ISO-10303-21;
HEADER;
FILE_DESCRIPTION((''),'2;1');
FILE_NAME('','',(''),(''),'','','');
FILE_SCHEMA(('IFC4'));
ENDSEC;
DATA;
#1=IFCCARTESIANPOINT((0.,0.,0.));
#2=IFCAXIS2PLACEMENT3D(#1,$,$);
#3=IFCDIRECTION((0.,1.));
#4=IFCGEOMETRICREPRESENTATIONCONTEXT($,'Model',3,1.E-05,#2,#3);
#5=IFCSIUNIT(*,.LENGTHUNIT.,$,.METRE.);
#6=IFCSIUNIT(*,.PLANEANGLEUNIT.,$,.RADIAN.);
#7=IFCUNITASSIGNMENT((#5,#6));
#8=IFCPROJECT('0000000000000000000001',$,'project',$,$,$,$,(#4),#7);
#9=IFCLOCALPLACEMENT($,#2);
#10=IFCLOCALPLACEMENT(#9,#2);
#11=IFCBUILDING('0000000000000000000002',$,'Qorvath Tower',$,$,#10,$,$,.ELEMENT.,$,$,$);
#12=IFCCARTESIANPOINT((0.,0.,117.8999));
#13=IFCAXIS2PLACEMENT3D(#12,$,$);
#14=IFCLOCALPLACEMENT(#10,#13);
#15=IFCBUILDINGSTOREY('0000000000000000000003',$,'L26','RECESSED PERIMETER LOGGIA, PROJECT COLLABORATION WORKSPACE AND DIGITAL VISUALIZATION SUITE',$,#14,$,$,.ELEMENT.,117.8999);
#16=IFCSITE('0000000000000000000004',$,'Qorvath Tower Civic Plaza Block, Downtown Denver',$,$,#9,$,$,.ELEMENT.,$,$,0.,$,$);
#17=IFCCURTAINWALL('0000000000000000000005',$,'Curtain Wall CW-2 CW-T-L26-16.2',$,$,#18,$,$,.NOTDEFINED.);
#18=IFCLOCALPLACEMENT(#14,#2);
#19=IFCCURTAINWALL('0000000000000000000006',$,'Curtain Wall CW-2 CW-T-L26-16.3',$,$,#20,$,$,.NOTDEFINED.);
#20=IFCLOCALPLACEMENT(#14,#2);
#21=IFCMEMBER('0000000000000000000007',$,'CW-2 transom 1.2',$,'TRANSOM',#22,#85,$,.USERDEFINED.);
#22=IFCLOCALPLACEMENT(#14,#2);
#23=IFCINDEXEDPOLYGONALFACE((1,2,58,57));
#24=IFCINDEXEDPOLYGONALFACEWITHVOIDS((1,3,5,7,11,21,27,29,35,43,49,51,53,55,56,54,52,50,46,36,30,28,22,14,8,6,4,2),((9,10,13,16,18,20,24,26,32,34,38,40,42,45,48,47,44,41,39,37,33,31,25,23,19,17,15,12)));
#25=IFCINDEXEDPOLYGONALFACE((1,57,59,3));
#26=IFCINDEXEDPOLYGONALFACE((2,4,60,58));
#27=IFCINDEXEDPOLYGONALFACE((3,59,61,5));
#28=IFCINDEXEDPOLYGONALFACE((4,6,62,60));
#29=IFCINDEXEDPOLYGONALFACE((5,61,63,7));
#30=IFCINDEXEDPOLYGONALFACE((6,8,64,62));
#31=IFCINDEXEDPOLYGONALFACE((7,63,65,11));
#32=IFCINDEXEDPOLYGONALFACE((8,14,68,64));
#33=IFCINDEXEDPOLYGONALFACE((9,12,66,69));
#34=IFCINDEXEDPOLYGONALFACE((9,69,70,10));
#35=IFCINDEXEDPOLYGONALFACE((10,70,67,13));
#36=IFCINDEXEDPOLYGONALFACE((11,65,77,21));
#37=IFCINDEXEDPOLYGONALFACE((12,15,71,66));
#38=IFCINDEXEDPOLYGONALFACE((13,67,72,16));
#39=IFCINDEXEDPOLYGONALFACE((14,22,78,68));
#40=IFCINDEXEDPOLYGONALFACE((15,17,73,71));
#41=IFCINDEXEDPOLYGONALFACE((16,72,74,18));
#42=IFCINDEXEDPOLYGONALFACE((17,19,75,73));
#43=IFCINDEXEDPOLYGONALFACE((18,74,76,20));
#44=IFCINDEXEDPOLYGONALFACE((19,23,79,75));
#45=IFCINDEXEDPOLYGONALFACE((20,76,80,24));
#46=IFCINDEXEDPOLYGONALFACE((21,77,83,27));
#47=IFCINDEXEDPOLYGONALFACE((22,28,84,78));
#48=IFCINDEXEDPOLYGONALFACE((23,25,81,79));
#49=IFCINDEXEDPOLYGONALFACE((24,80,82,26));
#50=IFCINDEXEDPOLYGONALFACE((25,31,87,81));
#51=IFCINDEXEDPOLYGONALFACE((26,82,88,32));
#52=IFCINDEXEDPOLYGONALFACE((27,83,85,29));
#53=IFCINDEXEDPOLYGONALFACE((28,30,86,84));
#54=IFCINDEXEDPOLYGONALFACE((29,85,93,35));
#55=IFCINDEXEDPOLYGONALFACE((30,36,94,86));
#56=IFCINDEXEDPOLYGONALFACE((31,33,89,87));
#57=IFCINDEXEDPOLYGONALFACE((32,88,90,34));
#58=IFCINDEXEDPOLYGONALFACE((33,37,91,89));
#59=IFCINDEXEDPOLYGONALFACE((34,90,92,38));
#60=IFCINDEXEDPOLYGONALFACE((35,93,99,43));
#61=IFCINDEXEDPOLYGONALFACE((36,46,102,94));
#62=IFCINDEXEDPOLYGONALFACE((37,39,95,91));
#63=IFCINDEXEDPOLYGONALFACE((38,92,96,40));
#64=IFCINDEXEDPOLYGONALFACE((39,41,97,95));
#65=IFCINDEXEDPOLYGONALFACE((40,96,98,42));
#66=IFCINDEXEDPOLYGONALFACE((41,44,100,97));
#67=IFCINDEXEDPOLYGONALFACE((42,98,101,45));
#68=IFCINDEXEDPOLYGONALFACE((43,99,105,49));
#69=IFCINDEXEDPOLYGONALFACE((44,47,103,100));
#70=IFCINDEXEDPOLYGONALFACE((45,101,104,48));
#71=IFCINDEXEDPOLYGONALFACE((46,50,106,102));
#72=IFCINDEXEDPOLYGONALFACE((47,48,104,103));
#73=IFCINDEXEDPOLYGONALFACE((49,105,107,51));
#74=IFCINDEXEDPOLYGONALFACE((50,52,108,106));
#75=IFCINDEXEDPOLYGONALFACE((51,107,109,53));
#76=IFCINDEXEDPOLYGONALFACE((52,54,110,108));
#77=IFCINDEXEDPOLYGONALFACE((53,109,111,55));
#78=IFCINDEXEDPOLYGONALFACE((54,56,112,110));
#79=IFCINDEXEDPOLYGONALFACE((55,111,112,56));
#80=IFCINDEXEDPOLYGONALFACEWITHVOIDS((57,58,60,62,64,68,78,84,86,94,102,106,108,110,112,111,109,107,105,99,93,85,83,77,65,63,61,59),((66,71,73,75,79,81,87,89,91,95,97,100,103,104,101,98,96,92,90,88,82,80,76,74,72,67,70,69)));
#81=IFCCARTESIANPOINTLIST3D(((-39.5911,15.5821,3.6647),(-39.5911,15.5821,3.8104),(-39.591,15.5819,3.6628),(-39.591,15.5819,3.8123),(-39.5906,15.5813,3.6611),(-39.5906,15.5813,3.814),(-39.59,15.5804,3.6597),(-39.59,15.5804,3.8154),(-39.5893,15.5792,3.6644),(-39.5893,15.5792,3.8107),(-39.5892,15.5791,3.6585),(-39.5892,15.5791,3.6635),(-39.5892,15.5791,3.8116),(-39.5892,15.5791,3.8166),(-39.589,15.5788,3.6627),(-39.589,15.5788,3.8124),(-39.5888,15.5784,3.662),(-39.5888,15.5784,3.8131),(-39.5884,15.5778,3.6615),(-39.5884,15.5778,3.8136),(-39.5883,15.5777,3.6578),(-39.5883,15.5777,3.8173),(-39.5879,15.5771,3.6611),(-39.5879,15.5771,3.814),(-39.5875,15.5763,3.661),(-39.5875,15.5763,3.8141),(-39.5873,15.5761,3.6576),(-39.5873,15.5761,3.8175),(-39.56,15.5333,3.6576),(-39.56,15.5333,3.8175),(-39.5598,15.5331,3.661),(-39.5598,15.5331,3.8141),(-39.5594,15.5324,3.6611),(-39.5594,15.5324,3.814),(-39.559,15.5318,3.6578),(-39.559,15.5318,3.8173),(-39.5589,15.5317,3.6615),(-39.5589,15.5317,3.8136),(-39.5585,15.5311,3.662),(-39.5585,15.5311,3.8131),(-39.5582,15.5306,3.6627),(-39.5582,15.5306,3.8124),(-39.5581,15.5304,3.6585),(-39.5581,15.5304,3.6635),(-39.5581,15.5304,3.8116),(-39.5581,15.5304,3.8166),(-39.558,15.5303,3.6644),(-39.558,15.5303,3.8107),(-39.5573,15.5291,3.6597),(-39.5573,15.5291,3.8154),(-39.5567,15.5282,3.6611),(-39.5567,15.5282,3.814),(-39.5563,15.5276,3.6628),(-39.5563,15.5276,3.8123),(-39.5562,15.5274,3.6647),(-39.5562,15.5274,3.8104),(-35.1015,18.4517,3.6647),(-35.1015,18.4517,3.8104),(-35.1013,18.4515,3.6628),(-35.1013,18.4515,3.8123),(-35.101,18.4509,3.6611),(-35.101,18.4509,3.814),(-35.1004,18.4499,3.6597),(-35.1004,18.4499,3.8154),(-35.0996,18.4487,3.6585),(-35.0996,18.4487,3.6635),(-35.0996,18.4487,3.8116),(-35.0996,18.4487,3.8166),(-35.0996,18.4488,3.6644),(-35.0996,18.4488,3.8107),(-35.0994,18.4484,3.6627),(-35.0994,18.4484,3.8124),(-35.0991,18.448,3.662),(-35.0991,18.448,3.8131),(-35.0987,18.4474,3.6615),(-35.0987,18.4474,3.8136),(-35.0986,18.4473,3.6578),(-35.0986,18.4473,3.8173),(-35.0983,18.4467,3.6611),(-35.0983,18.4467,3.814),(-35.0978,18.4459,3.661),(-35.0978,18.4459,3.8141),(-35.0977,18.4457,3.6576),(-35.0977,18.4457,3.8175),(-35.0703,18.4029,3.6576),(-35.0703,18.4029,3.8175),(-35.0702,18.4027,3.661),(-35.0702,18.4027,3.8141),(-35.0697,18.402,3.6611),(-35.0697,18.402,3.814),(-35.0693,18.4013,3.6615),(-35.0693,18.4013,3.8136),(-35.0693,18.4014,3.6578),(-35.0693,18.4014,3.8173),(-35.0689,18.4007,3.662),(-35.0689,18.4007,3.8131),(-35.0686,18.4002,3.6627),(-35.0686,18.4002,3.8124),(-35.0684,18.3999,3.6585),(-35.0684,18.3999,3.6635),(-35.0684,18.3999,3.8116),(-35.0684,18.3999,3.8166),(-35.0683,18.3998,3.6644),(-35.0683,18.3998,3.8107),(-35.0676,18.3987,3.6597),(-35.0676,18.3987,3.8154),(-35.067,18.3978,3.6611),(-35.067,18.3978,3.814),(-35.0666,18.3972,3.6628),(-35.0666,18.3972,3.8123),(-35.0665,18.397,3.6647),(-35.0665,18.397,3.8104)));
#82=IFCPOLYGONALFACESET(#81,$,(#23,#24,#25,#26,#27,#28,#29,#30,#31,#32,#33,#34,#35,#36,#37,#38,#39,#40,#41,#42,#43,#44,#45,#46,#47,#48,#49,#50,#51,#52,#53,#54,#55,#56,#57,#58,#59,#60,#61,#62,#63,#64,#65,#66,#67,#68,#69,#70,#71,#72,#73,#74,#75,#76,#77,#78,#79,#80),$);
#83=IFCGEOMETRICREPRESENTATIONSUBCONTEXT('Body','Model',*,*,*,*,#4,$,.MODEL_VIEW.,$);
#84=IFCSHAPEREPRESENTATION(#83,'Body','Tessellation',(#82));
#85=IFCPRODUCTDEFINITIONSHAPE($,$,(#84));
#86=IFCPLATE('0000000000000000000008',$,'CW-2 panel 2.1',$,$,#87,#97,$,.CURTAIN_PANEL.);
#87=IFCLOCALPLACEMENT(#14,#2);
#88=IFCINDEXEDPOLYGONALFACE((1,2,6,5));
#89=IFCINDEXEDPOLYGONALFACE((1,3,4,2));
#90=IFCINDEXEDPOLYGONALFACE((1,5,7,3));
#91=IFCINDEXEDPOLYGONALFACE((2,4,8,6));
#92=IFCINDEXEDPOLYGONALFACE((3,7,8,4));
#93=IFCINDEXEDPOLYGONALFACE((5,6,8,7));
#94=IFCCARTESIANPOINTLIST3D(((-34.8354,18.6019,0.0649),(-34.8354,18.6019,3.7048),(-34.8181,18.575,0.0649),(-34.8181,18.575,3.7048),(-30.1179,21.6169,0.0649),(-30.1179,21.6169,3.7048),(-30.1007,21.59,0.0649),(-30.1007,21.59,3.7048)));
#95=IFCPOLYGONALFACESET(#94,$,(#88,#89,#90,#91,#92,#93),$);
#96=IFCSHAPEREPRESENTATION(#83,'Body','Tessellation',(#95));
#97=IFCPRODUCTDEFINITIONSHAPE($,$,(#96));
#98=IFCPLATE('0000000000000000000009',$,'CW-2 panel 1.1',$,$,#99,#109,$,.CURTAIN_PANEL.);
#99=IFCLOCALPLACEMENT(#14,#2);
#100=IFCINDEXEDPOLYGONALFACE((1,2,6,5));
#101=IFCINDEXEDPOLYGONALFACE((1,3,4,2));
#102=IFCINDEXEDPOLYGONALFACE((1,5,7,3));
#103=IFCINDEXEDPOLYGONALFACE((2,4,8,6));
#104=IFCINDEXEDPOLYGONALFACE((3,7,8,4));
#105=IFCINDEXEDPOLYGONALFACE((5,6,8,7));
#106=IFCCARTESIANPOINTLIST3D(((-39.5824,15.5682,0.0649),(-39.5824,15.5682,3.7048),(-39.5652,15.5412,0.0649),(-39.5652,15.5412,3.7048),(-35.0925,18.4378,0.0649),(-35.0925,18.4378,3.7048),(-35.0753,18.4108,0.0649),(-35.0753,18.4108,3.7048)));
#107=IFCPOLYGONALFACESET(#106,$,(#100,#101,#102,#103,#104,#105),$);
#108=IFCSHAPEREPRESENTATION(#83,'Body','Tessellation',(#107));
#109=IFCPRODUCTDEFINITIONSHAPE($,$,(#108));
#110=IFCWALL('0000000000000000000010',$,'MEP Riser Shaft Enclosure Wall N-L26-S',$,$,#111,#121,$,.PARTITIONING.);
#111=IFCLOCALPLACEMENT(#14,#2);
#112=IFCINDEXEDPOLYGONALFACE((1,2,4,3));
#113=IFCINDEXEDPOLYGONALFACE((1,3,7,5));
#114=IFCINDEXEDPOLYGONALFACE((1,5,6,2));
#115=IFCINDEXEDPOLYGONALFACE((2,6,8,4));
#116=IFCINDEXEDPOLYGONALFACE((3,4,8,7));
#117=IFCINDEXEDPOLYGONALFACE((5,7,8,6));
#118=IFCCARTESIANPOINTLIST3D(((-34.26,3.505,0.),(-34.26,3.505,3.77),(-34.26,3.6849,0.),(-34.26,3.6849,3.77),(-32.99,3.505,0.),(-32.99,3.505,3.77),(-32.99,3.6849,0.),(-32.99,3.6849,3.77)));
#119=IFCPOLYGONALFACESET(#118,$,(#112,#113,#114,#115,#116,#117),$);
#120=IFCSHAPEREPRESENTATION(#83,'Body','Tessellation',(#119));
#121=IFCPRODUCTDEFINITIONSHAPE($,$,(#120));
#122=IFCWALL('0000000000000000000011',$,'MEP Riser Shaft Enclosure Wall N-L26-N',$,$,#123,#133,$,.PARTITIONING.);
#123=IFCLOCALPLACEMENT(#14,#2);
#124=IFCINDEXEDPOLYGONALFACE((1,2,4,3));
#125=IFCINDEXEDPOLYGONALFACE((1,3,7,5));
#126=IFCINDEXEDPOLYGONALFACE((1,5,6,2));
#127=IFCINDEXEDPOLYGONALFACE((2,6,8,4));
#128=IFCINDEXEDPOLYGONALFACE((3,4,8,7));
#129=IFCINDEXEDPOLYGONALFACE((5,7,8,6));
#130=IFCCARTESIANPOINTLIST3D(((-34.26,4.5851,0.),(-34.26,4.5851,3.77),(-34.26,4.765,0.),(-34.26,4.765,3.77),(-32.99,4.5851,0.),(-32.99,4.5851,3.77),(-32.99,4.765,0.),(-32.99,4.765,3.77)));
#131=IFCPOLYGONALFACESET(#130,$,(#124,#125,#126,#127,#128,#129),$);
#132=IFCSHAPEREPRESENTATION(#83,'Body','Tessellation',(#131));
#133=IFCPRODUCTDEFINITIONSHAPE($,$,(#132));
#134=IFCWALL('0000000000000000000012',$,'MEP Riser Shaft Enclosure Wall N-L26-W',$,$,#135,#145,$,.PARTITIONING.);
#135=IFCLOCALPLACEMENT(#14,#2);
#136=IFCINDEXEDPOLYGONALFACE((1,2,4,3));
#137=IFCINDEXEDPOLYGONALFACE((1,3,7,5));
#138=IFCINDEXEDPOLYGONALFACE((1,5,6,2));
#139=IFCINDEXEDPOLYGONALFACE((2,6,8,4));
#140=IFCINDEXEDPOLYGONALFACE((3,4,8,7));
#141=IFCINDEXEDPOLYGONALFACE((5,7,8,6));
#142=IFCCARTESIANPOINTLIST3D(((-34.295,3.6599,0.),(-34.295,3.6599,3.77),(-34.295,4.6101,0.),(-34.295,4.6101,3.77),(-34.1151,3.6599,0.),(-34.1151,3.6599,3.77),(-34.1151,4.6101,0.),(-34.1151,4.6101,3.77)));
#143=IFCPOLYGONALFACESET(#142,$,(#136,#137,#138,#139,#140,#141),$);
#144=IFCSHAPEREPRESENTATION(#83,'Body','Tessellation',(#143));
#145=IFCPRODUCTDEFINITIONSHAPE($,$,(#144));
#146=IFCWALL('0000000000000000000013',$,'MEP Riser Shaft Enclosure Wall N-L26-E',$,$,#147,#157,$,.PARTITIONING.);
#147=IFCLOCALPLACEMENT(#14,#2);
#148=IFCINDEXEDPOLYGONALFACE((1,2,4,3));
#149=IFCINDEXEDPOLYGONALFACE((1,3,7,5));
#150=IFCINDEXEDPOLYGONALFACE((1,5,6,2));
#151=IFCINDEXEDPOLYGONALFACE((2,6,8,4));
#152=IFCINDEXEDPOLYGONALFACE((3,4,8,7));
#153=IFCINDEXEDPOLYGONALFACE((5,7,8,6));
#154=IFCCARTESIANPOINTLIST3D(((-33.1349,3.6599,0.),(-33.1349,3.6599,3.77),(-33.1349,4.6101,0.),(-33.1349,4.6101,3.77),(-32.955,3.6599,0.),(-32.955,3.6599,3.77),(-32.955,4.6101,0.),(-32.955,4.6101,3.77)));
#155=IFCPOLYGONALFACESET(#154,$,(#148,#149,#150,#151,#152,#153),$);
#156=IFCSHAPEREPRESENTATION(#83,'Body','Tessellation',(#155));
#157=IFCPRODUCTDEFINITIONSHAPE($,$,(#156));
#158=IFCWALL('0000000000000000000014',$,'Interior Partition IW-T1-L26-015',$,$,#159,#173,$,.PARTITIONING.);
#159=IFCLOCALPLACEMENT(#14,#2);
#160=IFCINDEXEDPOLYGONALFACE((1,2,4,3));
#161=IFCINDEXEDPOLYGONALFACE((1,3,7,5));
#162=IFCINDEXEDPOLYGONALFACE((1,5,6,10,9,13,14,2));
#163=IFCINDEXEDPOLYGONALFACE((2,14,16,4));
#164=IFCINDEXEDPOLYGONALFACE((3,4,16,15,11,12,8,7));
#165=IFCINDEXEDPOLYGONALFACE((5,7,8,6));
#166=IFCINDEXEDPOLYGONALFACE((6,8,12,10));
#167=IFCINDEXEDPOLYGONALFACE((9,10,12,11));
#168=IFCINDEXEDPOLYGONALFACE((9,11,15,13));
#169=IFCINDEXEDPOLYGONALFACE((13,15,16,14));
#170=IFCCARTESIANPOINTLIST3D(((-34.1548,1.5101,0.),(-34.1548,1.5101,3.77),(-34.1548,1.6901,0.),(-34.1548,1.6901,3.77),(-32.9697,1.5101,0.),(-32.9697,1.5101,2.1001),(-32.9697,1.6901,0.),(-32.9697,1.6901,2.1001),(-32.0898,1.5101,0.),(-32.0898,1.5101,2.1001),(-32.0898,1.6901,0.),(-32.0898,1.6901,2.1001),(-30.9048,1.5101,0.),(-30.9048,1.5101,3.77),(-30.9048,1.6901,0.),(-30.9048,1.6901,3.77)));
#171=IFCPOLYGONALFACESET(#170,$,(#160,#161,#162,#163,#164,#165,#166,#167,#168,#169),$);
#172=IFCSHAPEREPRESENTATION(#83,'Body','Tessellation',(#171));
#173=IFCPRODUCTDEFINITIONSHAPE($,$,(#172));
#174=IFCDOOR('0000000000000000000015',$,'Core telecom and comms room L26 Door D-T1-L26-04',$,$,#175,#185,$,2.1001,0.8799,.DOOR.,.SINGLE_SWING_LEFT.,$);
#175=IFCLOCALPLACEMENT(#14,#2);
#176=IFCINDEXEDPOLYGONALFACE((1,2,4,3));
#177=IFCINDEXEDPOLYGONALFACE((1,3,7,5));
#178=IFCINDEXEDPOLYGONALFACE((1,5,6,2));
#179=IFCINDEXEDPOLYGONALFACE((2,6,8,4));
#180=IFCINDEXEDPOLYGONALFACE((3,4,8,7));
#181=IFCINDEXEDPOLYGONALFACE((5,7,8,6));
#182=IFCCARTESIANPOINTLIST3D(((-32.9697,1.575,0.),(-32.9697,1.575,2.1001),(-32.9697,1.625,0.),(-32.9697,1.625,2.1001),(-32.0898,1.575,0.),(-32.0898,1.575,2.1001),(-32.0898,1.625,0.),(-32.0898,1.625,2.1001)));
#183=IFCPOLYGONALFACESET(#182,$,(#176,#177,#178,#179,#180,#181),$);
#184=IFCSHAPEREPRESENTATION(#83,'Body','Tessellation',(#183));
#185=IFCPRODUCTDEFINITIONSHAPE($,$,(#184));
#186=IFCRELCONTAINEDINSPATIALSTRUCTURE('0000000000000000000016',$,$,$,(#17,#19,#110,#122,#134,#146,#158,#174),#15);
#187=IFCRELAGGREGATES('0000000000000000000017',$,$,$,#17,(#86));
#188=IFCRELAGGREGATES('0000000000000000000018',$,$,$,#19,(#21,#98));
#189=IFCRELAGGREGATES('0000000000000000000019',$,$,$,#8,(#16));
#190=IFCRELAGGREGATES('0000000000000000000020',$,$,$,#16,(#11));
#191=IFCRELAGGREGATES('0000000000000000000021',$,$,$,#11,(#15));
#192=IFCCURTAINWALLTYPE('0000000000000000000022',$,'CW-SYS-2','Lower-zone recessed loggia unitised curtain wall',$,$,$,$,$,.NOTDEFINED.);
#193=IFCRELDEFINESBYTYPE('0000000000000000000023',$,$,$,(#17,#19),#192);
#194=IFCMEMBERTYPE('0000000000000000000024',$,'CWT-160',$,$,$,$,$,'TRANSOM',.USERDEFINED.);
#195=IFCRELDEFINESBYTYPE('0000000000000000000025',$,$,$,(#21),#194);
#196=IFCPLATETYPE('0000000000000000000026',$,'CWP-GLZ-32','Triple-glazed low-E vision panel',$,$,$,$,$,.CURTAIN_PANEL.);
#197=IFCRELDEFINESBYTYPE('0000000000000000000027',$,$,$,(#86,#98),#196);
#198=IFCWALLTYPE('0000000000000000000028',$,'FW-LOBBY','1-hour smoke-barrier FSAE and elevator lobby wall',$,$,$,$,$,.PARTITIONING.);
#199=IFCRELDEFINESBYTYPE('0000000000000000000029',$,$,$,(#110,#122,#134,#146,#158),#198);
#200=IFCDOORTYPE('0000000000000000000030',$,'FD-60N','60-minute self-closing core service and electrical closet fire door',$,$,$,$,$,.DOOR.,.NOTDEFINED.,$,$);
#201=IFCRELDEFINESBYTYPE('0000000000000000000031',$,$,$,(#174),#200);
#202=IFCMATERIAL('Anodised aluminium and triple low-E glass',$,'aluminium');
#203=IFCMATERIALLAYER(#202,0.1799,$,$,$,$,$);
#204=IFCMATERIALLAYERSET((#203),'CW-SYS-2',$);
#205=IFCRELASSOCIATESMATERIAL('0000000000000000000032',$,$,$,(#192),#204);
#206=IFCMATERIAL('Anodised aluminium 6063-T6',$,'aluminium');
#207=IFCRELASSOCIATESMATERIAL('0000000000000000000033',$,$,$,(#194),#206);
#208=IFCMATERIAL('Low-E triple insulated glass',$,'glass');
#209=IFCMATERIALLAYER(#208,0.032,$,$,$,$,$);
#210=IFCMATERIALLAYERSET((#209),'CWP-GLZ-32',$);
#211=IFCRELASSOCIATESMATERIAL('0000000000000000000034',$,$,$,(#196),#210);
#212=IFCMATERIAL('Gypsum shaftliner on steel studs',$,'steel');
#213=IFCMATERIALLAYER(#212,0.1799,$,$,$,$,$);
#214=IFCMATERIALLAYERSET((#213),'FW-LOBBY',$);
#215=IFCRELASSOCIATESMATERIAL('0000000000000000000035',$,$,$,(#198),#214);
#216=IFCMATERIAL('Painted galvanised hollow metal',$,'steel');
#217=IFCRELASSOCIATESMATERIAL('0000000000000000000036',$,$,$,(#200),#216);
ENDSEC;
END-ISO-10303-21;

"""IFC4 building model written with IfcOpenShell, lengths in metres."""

from ifc_helpers import new_model, si_unit, direction, frame, frame_2d, origin, origin_2d, place, context, subcontext, project, spatial, rectangle, hollow_rectangle, extrude, material, layer, layer_set, material_profile, profile_set, type_object, element, fill, aggregate, save


model = new_model("IFC4")

# Units and contexts
model_context = context("Model", 3, precision=1e-05, world=origin(), true_north=direction((0.0, 1.0)))
body_context = subcontext(model_context, "Body", "Model", "MODEL_VIEW")
ifc_project = project(units=[si_unit("LENGTHUNIT", "METRE"), si_unit("PLANEANGLEUNIT", "RADIAN")], contexts=[model_context])

# Site, building, storey
site_placement = place(None, origin())
site = spatial("IfcSite", under=ifc_project, at=site_placement, Name="Qorvath Tower Civic Plaza Block, Downtown Denver", CompositionType="ELEMENT", RefElevation=0.0)
building_placement = place(site_placement, origin())
building = spatial("IfcBuilding", under=site, at=building_placement, Name="Qorvath Tower", CompositionType="ELEMENT")
storey_placement = place(building_placement, frame((0.0, 0.0, 117.8999)))
storey = spatial("IfcBuildingStorey", under=building, at=storey_placement, Name="L26", Description="RECESSED PERIMETER LOGGIA, PROJECT COLLABORATION WORKSPACE AND DIGITAL VISUALIZATION SUITE", CompositionType="ELEMENT", Elevation=117.8999)

# Curtain wall
ifc_material_1 = material(Name="Anodised aluminium and triple low-E glass", Category="aluminium")
ifc_layer_1 = layer(ifc_material_1, 0.1799)
ifc_layer_set_1 = layer_set([ifc_layer_1], Name="CW-SYS-2")
curtain_wall_type = type_object("IfcCurtainWallType", Name="CW-SYS-2", Description="Lower-zone recessed loggia unitised curtain wall", PredefinedType="NOTDEFINED", material=ifc_layer_set_1)
curtain_wall_1_placement = place(storey_placement, origin())
curtain_wall_1 = element("IfcCurtainWall", 1, at=curtain_wall_1_placement, inside=storey, type_object=curtain_wall_type, Name="Curtain Wall CW-2 CW-T-L26-16.2", PredefinedType="NOTDEFINED")

# Curtain wall, member
curtain_wall_2_placement = place(storey_placement, origin())
curtain_wall_2 = element("IfcCurtainWall", 2, at=curtain_wall_2_placement, inside=storey, type_object=curtain_wall_type, Name="Curtain Wall CW-2 CW-T-L26-16.3", PredefinedType="NOTDEFINED")
ifc_material_2 = material(Name="Anodised aluminium 6063-T6", Category="aluminium")
ifc_material_profile_1 = material_profile(ifc_material_2, hollow_rectangle(XDim=0.0649, YDim=0.1599, WallThickness=0.0034, InnerFilletRadius=0.0034, OuterFilletRadius=0.0071, at=origin_2d()), Name="CWT 160x65")
ifc_profile_set_1 = profile_set([ifc_material_profile_1], Name="Anodised aluminium 6063-T6")
member_type_1 = type_object("IfcMemberType", Name="CWT-160", ElementType="TRANSOM", PredefinedType="USERDEFINED", material=ifc_profile_set_1)
member_1_placement = place(storey_placement, frame((-35.084, 18.4243, 3.7375), z_axis=(-0.842596, -0.538547, 0.0), x_axis=(0.538547, -0.842596, 0.0)))
member_1 = element("IfcMember", 3, at=member_1_placement, type_object=member_type_1, Name="CW-2 transom 1.2", ObjectType="TRANSOM", PredefinedType="USERDEFINED", context=body_context, shape_type="SweptSolid", body=[
    extrude(hollow_rectangle(XDim=0.0649, YDim=0.1599, WallThickness=0.0034, InnerFilletRadius=0.0034, OuterFilletRadius=0.0071, at=origin_2d()), origin(), (0.0, 0.0, 1.0), 5.3284),
])

# Plates
ifc_material_3 = material(Name="Low-E triple insulated glass", Category="glass")
ifc_layer_2 = layer(ifc_material_3, 0.032)
ifc_layer_set_2 = layer_set([ifc_layer_2], Name="CWP-GLZ-32")
plate_type = type_object("IfcPlateType", Name="CWP-GLZ-32", Description="Triple-glazed low-E vision panel", PredefinedType="CURTAIN_PANEL", material=ifc_layer_set_2)
plate_1_placement = place(storey_placement, frame((-32.468, 20.0959, 0.0649), z_axis=(0.0, 0.0, 1.0), x_axis=(-0.842607, -0.53853, 0.0)))
plate_1 = element("IfcPlate", 4, at=plate_1_placement, type_object=plate_type, Name="CW-2 panel 2.1", PredefinedType="CURTAIN_PANEL", context=body_context, shape_type="SweptSolid", body=[
    extrude(rectangle(XDim=5.5986, YDim=0.032, at=origin_2d()), origin(), (0.0, 0.0, 1.0), 3.6399),
])
aggregate(curtain_wall_1, [plate_1])
plate_2_placement = place(storey_placement, frame((-37.3289, 16.9895, 0.0649), z_axis=(0.0, 0.0, 1.0), x_axis=(-0.842604, -0.538534, 0.0)))
plate_2 = element("IfcPlate", 5, at=plate_2_placement, type_object=plate_type, Name="CW-2 panel 1.1", PredefinedType="CURTAIN_PANEL", context=body_context, shape_type="SweptSolid", body=[
    extrude(rectangle(XDim=5.3286, YDim=0.032, at=origin_2d()), origin(), (0.0, 0.0, 1.0), 3.6399),
])
aggregate(curtain_wall_2, [member_1, plate_2])

# Walls
ifc_material_4 = material(Name="Gypsum shaftliner on steel studs", Category="steel")
ifc_layer_3 = layer(ifc_material_4, 0.1799)
ifc_layer_set_3 = layer_set([ifc_layer_3], Name="FW-LOBBY")
wall_type_1 = type_object("IfcWallType", Name="FW-LOBBY", Description="1-hour smoke-barrier FSAE and elevator lobby wall", PredefinedType="PARTITIONING", material=ifc_layer_set_3)
for number, where, z_axis, x_axis, name in (
    (6, (-32.99, 3.595, 0.0), (0.0, 0.0, 1.0), (-1.0, 0.0, 0.0), "MEP Riser Shaft Enclosure Wall N-L26-S"),
    (7, (-34.26, 4.675, 0.0), (0.0, 0.0, 1.0), (1.0, 0.0, 0.0), "MEP Riser Shaft Enclosure Wall N-L26-N"),
):
    element("IfcWall", number, at=place(storey_placement, frame(where, z_axis=z_axis, x_axis=x_axis)), inside=storey, type_object=wall_type_1, Name=name, PredefinedType="PARTITIONING", context=body_context, shape_type="SweptSolid", body=[
        extrude(rectangle(XDim=1.27, YDim=0.1799, at=frame_2d((0.635, 0.0))), origin(), (0.0, 0.0, 1.0), 3.77),
    ])
for number, where, z_axis, x_axis, name in (
    (8, (-34.2051, 3.6599, 0.0), (0.0, 0.0, 1.0), (0.0, 1.0, 0.0), "MEP Riser Shaft Enclosure Wall N-L26-W"),
    (9, (-33.0449, 4.6101, 0.0), (0.0, 0.0, 1.0), (0.0, -1.0, 0.0), "MEP Riser Shaft Enclosure Wall N-L26-E"),
):
    element("IfcWall", number, at=place(storey_placement, frame(where, z_axis=z_axis, x_axis=x_axis)), inside=storey, type_object=wall_type_1, Name=name, PredefinedType="PARTITIONING", context=body_context, shape_type="SweptSolid", body=[
        extrude(rectangle(XDim=0.9502, YDim=0.1799, at=frame_2d((0.4751, 0.0))), origin(), (0.0, 0.0, 1.0), 3.77),
    ])

# Wall, opening, door
wall_1_placement = place(storey_placement, frame((-34.1548, 1.6001, 0.0), z_axis=(0.0, 0.0, 1.0), x_axis=(1.0, 0.0, 0.0)))
wall_1 = element("IfcWall", 10, at=wall_1_placement, inside=storey, type_object=wall_type_1, Name="Interior Partition IW-T1-L26-015", PredefinedType="PARTITIONING", context=body_context, shape_type="SweptSolid", body=[
    extrude(rectangle(XDim=3.25, YDim=0.1799, at=frame_2d((1.625, 0.0))), origin(), (0.0, 0.0, 1.0), 3.77),
])
opening_1_placement = place(wall_1_placement, frame((1.1851, 0.0, 0.0)))
opening_1 = element("IfcOpeningElement", 11, at=opening_1_placement, cuts=wall_1, PredefinedType="OPENING", context=body_context, shape_type="SweptSolid", body=[
    extrude(rectangle(XDim=0.8799, YDim=2.1001, at=frame_2d((0.4399, 1.05))), frame((0.0, 0.1001, 0.0), z_axis=(0.0, -1.0, 0.0), x_axis=(1.0, 0.0, 0.0)), (0.0, 0.0, 1.0), 0.2),
])
ifc_material_5 = material(Name="Painted galvanised hollow metal", Category="steel")
door_type_1 = type_object("IfcDoorType", Name="FD-60N", Description="60-minute self-closing core service and electrical closet fire door", OperationType="NOTDEFINED", PredefinedType="DOOR", material=ifc_material_5)
door_1_placement = place(opening_1_placement, origin())
door_1 = element("IfcDoor", 12, at=door_1_placement, inside=storey, type_object=door_type_1, Name="Core telecom and comms room L26 Door D-T1-L26-04", OperationType="SINGLE_SWING_LEFT", OverallHeight=2.1001, OverallWidth=0.8799, PredefinedType="DOOR", context=body_context, shape_type="SweptSolid", body=[
    extrude(rectangle(XDim=0.8799, YDim=2.1001, at=frame_2d((0.4399, 1.05))), frame((0.0, 0.0249, 0.0), z_axis=(0.0, -1.0, 0.0), x_axis=(1.0, 0.0, 0.0)), (0.0, 0.0, 1.0), 0.05),
])
fill(opening_1, door_1)

save(model, "model.ifc")
